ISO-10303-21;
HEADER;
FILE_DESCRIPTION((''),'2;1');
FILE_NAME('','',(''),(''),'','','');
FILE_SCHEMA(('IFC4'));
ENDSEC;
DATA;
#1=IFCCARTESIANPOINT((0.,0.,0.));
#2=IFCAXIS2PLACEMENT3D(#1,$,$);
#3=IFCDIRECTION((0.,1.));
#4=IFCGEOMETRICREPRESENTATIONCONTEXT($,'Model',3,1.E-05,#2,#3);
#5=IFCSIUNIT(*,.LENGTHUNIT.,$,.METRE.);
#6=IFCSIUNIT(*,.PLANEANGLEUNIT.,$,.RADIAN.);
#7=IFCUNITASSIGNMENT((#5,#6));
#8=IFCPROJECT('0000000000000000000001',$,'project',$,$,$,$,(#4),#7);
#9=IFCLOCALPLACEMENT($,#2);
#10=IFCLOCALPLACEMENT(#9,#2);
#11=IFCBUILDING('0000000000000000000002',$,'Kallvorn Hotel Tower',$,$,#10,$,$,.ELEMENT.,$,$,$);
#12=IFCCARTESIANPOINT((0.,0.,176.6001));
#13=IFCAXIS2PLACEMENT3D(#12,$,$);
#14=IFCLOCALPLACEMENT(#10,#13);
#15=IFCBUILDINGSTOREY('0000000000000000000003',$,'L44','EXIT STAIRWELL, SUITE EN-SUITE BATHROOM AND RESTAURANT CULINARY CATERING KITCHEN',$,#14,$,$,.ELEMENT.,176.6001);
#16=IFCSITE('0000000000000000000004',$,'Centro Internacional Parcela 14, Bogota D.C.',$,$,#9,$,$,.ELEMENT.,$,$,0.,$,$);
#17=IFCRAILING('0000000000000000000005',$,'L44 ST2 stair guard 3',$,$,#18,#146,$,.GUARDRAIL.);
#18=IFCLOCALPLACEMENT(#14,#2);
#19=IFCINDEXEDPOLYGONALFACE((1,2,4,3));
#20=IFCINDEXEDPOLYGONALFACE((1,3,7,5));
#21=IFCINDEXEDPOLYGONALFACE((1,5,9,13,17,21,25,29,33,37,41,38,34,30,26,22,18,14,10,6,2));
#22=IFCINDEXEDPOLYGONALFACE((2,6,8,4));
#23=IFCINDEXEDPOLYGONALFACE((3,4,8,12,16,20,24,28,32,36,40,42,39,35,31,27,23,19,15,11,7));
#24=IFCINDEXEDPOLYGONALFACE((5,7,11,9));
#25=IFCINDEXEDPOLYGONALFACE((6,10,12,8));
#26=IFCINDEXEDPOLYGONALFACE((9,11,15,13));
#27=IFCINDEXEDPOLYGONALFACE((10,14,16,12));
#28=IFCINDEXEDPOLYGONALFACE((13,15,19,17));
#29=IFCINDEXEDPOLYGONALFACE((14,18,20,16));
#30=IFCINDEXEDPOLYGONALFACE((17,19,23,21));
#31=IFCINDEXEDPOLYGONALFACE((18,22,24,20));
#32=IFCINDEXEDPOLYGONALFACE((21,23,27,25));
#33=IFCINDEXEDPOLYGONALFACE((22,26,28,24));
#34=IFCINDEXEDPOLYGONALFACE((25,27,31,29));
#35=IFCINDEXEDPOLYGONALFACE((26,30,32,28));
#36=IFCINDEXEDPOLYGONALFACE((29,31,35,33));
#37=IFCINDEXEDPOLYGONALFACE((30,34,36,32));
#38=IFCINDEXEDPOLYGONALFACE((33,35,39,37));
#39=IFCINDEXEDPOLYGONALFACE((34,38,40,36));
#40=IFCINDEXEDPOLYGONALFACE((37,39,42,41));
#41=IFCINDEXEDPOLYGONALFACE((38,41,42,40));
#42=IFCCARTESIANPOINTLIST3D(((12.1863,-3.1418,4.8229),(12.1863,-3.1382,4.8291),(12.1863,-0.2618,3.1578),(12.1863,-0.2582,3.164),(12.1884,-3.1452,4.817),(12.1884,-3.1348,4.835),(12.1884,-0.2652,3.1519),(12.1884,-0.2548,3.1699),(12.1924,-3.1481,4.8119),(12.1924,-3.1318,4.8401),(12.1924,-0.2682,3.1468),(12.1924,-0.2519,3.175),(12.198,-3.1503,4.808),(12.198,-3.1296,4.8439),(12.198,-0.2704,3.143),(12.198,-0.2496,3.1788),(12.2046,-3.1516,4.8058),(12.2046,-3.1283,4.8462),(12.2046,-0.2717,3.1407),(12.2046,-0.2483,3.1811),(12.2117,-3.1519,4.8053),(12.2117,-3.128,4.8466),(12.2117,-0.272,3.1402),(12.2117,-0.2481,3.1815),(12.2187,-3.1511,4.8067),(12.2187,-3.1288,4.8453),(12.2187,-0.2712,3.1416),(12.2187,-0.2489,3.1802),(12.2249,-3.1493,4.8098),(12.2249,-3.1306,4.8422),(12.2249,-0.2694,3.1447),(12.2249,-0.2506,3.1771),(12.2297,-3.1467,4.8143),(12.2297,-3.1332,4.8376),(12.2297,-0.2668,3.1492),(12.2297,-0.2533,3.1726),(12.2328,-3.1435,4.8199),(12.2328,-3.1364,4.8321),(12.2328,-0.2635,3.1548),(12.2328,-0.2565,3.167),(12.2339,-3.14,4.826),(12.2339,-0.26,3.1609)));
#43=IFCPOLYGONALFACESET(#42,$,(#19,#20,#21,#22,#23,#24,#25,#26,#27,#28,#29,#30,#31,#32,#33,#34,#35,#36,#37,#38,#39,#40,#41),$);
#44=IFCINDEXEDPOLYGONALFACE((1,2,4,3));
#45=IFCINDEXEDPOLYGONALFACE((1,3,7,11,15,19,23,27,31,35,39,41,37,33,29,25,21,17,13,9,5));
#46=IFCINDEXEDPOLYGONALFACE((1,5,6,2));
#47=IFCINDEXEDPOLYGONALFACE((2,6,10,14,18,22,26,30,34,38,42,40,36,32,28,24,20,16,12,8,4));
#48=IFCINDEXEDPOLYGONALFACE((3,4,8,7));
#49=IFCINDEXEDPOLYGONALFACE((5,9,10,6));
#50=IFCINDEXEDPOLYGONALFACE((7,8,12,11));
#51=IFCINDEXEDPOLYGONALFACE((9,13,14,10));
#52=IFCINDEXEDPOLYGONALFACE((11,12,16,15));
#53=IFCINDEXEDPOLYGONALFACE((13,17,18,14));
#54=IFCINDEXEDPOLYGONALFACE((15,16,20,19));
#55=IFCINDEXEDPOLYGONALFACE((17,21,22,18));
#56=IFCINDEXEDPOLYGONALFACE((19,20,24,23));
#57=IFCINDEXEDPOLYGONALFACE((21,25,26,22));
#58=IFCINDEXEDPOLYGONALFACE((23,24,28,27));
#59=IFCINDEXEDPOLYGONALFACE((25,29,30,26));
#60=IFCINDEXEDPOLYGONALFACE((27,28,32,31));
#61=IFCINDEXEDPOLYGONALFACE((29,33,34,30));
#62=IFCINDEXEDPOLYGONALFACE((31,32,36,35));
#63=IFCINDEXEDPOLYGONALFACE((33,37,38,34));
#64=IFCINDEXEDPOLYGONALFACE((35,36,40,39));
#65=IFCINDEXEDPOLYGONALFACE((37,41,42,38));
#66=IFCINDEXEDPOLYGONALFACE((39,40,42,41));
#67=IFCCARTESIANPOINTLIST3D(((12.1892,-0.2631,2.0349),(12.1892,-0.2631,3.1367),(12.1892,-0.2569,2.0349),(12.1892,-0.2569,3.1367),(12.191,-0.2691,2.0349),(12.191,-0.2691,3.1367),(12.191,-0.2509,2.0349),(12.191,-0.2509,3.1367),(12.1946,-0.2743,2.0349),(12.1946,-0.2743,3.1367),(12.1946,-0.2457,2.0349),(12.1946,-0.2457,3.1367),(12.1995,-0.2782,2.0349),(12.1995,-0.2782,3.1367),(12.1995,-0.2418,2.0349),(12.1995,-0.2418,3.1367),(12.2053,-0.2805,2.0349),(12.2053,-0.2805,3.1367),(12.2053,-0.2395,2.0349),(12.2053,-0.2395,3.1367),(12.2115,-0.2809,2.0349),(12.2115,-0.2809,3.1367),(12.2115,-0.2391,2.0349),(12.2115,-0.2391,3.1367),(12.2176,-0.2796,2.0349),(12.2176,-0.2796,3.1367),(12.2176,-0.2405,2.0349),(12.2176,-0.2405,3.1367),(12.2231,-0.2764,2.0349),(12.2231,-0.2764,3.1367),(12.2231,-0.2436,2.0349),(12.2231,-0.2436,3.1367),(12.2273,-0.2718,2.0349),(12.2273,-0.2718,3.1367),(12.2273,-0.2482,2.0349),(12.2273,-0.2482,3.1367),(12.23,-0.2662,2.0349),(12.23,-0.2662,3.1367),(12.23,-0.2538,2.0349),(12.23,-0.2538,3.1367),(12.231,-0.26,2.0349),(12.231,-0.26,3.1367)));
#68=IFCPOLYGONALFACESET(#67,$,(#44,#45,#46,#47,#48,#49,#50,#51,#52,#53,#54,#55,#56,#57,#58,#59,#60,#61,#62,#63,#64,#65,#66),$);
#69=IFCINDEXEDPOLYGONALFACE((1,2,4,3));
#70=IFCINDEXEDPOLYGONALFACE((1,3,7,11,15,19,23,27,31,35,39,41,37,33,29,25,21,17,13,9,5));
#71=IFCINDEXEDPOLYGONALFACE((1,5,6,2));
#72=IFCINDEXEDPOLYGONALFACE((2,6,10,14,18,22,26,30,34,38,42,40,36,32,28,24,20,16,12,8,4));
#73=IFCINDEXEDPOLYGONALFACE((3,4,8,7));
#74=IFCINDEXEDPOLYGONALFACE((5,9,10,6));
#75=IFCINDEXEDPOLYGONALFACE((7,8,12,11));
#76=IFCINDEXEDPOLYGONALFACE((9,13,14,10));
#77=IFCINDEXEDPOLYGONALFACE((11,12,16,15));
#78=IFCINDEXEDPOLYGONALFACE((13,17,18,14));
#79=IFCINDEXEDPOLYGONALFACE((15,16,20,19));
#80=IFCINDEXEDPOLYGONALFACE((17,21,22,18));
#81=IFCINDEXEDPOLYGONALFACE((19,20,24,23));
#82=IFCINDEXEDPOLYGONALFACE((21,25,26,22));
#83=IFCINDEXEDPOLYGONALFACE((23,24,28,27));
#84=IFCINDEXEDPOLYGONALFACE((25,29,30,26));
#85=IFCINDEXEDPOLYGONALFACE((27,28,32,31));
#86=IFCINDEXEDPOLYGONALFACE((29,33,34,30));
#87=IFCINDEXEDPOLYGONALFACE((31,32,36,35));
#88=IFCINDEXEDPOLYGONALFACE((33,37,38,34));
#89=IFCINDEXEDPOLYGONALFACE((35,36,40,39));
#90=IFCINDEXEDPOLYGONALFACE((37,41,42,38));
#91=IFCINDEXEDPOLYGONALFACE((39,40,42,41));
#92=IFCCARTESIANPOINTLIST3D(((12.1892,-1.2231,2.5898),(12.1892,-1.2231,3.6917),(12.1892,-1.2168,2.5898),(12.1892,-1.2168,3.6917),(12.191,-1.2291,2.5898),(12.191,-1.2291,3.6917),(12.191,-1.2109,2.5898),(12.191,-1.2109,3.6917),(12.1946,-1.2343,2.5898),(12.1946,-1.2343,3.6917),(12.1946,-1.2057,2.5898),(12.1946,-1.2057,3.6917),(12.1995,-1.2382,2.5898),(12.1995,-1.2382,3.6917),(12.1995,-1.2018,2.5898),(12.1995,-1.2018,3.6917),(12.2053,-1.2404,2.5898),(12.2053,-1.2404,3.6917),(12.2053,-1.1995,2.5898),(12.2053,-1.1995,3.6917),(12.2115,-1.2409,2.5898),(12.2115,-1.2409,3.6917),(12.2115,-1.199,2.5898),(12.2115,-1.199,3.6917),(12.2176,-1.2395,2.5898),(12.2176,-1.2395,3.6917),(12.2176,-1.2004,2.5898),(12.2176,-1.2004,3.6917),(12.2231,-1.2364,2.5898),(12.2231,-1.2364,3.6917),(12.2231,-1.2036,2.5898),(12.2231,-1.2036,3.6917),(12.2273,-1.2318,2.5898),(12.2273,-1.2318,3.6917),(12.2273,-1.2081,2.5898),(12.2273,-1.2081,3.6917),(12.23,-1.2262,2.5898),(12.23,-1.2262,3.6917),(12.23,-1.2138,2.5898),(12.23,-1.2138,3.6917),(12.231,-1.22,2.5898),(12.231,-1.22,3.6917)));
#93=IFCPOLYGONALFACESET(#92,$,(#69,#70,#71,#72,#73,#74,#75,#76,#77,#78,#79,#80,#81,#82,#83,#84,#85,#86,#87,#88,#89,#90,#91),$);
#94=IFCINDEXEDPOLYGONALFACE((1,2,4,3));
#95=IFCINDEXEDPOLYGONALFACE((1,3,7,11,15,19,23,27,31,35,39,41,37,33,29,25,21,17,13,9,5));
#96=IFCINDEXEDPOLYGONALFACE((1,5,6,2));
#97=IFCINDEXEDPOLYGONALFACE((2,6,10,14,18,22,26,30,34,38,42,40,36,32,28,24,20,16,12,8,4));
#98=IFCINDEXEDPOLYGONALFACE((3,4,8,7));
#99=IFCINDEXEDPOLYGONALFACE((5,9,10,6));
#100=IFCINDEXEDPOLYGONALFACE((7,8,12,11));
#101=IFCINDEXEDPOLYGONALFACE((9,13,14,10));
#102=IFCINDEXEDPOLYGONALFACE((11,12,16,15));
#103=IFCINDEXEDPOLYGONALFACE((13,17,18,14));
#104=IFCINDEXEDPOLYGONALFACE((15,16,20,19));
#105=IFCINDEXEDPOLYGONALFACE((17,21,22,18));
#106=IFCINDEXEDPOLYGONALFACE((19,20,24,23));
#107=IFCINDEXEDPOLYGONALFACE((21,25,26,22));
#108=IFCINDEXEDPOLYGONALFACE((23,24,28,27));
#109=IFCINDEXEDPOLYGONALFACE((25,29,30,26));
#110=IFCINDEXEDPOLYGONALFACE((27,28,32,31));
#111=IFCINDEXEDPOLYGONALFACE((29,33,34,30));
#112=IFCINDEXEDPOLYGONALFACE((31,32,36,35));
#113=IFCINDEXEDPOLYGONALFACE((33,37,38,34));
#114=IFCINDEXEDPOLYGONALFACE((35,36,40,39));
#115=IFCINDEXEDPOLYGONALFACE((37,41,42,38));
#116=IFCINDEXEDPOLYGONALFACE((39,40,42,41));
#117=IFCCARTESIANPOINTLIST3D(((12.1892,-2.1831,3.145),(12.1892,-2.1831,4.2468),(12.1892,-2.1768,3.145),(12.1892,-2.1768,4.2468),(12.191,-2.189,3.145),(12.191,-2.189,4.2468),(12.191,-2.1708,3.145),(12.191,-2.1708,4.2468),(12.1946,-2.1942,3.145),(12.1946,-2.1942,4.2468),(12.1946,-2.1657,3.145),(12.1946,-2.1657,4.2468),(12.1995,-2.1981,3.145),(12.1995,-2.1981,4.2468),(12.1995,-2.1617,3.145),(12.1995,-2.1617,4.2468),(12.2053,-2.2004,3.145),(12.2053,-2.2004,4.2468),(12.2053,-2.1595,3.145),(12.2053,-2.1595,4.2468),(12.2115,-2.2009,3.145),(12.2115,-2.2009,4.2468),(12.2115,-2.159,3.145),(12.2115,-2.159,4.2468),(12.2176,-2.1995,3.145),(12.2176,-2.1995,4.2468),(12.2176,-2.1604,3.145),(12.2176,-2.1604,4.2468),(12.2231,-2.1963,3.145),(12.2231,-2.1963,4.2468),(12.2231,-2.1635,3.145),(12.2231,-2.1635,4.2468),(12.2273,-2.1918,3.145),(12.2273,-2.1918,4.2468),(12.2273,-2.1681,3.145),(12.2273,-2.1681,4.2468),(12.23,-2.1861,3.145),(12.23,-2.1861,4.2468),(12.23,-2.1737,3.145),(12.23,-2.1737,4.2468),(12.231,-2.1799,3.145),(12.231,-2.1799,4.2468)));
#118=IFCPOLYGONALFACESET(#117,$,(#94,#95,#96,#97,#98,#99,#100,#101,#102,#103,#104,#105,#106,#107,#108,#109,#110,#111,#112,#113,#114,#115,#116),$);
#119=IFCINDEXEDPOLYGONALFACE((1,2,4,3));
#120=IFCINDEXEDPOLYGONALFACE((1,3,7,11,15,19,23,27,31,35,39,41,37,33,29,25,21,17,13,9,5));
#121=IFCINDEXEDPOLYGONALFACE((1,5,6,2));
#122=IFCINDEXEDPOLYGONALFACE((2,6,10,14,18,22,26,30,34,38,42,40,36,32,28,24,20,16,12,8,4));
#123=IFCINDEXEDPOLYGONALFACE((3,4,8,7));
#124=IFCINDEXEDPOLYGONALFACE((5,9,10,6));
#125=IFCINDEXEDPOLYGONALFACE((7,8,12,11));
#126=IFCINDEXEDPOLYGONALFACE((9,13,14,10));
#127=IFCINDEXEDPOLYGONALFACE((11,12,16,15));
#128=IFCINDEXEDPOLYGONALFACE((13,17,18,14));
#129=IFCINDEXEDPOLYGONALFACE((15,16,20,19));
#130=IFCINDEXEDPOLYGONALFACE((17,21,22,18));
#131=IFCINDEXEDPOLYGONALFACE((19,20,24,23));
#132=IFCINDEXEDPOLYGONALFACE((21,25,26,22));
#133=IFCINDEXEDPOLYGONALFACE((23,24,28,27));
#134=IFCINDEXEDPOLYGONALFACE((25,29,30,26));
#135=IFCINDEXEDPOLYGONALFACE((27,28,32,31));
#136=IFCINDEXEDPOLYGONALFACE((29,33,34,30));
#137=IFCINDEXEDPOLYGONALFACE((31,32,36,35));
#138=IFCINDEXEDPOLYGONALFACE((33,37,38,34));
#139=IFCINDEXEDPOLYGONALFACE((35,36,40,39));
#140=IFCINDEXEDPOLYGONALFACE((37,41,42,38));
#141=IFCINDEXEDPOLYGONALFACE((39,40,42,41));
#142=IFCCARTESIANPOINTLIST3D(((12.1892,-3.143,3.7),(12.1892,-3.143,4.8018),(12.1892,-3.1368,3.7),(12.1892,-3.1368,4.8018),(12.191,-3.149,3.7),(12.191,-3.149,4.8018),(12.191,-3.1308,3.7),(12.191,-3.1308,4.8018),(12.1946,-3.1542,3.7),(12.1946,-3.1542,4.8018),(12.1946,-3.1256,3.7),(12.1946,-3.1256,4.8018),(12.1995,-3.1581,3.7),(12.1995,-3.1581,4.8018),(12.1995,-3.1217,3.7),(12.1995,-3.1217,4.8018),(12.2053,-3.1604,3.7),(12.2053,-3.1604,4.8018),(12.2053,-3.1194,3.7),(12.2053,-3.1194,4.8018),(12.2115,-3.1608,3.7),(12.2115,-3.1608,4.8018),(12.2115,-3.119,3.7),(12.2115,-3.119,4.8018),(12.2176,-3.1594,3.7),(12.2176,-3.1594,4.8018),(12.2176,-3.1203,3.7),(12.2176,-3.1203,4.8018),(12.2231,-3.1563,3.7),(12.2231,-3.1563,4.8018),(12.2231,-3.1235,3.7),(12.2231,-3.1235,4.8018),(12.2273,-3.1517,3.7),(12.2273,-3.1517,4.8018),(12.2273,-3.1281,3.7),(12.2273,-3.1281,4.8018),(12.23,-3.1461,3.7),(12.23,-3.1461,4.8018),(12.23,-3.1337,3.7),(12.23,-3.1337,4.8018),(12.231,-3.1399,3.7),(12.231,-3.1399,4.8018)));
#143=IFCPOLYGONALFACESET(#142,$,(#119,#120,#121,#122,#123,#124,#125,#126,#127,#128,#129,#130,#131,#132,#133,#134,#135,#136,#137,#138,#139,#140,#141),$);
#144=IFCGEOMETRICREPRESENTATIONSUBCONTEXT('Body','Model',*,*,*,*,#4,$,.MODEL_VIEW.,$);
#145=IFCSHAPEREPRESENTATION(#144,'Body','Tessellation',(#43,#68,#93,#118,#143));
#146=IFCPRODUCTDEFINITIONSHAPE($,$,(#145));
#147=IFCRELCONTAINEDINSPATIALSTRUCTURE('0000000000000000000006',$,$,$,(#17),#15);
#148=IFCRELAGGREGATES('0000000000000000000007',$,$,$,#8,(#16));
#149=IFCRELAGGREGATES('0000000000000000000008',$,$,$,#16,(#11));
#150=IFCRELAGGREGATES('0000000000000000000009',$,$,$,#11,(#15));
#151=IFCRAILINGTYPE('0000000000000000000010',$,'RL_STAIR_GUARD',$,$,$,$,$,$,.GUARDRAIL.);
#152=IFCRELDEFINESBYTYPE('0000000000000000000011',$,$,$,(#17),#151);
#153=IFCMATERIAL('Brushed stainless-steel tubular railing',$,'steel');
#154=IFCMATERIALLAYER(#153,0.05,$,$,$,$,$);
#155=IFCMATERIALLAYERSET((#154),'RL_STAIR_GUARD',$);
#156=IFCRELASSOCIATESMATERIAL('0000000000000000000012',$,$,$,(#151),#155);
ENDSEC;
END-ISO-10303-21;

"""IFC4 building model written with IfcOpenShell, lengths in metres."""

from ifc_helpers import new_model, si_unit, direction, frame, origin, origin_2d, place, context, subcontext, project, spatial, circle, extrude, material, layer, layer_set, type_object, element, save


model = new_model("IFC4")

# Units and contexts
model_context = context("Model", 3, precision=1e-05, world=origin(), true_north=direction((0.0, 1.0)))
body_context = subcontext(model_context, "Body", "Model", "MODEL_VIEW")
ifc_project = project(units=[si_unit("LENGTHUNIT", "METRE"), si_unit("PLANEANGLEUNIT", "RADIAN")], contexts=[model_context])

# Site, building, storey
site_placement = place(None, origin())
site = spatial("IfcSite", under=ifc_project, at=site_placement, Name="Centro Internacional Parcela 14, Bogota D.C.", CompositionType="ELEMENT", RefElevation=0.0)
building_placement = place(site_placement, origin())
building = spatial("IfcBuilding", under=site, at=building_placement, Name="Kallvorn Hotel Tower", CompositionType="ELEMENT")
storey_placement = place(building_placement, frame((0.0, 0.0, 176.6001)))
storey = spatial("IfcBuildingStorey", under=building, at=storey_placement, Name="L44", Description="EXIT STAIRWELL, SUITE EN-SUITE BATHROOM AND RESTAURANT CULINARY CATERING KITCHEN", CompositionType="ELEMENT", Elevation=176.6001)

# Railing
ifc_material_1 = material(Name="Brushed stainless-steel tubular railing", Category="steel")
ifc_layer_1 = layer(ifc_material_1, 0.05)
ifc_layer_set_1 = layer_set([ifc_layer_1], Name="RL_STAIR_GUARD")
railing_type = type_object("IfcRailingType", Name="RL_STAIR_GUARD", PredefinedType="GUARDRAIL", material=ifc_layer_set_1)
railing_1_placement = place(storey_placement, frame((12.21, -0.26, 2.0349)))
element("IfcRailing", 1, at=railing_1_placement, inside=storey, type_object=railing_type, Name="L44 ST2 stair guard 3", PredefinedType="GUARDRAIL", context=body_context, shape_type="SweptSolid", body=[
    extrude(circle(Radius=0.0239, at=origin_2d()), frame((0.0, 0.0, 1.126), z_axis=(0.0, -0.865721, 0.500527), x_axis=(1.0, 0.0, 0.0)), (0.0, 0.0, 1.0), 3.3267),
    extrude(circle(Radius=0.021, at=origin_2d()), origin(), (0.0, 0.0, 1.0), 1.1018),
    extrude(circle(Radius=0.021, at=origin_2d()), frame((0.0, -0.96, 0.5549)), (0.0, 0.0, 1.0), 1.1018),
    extrude(circle(Radius=0.021, at=origin_2d()), frame((0.0, -1.9199, 1.1101)), (0.0, 0.0, 1.0), 1.1018),
    extrude(circle(Radius=0.021, at=origin_2d()), frame((0.0, -2.8799, 1.665)), (0.0, 0.0, 1.0), 1.1018),
])

save(model, "model.ifc")
